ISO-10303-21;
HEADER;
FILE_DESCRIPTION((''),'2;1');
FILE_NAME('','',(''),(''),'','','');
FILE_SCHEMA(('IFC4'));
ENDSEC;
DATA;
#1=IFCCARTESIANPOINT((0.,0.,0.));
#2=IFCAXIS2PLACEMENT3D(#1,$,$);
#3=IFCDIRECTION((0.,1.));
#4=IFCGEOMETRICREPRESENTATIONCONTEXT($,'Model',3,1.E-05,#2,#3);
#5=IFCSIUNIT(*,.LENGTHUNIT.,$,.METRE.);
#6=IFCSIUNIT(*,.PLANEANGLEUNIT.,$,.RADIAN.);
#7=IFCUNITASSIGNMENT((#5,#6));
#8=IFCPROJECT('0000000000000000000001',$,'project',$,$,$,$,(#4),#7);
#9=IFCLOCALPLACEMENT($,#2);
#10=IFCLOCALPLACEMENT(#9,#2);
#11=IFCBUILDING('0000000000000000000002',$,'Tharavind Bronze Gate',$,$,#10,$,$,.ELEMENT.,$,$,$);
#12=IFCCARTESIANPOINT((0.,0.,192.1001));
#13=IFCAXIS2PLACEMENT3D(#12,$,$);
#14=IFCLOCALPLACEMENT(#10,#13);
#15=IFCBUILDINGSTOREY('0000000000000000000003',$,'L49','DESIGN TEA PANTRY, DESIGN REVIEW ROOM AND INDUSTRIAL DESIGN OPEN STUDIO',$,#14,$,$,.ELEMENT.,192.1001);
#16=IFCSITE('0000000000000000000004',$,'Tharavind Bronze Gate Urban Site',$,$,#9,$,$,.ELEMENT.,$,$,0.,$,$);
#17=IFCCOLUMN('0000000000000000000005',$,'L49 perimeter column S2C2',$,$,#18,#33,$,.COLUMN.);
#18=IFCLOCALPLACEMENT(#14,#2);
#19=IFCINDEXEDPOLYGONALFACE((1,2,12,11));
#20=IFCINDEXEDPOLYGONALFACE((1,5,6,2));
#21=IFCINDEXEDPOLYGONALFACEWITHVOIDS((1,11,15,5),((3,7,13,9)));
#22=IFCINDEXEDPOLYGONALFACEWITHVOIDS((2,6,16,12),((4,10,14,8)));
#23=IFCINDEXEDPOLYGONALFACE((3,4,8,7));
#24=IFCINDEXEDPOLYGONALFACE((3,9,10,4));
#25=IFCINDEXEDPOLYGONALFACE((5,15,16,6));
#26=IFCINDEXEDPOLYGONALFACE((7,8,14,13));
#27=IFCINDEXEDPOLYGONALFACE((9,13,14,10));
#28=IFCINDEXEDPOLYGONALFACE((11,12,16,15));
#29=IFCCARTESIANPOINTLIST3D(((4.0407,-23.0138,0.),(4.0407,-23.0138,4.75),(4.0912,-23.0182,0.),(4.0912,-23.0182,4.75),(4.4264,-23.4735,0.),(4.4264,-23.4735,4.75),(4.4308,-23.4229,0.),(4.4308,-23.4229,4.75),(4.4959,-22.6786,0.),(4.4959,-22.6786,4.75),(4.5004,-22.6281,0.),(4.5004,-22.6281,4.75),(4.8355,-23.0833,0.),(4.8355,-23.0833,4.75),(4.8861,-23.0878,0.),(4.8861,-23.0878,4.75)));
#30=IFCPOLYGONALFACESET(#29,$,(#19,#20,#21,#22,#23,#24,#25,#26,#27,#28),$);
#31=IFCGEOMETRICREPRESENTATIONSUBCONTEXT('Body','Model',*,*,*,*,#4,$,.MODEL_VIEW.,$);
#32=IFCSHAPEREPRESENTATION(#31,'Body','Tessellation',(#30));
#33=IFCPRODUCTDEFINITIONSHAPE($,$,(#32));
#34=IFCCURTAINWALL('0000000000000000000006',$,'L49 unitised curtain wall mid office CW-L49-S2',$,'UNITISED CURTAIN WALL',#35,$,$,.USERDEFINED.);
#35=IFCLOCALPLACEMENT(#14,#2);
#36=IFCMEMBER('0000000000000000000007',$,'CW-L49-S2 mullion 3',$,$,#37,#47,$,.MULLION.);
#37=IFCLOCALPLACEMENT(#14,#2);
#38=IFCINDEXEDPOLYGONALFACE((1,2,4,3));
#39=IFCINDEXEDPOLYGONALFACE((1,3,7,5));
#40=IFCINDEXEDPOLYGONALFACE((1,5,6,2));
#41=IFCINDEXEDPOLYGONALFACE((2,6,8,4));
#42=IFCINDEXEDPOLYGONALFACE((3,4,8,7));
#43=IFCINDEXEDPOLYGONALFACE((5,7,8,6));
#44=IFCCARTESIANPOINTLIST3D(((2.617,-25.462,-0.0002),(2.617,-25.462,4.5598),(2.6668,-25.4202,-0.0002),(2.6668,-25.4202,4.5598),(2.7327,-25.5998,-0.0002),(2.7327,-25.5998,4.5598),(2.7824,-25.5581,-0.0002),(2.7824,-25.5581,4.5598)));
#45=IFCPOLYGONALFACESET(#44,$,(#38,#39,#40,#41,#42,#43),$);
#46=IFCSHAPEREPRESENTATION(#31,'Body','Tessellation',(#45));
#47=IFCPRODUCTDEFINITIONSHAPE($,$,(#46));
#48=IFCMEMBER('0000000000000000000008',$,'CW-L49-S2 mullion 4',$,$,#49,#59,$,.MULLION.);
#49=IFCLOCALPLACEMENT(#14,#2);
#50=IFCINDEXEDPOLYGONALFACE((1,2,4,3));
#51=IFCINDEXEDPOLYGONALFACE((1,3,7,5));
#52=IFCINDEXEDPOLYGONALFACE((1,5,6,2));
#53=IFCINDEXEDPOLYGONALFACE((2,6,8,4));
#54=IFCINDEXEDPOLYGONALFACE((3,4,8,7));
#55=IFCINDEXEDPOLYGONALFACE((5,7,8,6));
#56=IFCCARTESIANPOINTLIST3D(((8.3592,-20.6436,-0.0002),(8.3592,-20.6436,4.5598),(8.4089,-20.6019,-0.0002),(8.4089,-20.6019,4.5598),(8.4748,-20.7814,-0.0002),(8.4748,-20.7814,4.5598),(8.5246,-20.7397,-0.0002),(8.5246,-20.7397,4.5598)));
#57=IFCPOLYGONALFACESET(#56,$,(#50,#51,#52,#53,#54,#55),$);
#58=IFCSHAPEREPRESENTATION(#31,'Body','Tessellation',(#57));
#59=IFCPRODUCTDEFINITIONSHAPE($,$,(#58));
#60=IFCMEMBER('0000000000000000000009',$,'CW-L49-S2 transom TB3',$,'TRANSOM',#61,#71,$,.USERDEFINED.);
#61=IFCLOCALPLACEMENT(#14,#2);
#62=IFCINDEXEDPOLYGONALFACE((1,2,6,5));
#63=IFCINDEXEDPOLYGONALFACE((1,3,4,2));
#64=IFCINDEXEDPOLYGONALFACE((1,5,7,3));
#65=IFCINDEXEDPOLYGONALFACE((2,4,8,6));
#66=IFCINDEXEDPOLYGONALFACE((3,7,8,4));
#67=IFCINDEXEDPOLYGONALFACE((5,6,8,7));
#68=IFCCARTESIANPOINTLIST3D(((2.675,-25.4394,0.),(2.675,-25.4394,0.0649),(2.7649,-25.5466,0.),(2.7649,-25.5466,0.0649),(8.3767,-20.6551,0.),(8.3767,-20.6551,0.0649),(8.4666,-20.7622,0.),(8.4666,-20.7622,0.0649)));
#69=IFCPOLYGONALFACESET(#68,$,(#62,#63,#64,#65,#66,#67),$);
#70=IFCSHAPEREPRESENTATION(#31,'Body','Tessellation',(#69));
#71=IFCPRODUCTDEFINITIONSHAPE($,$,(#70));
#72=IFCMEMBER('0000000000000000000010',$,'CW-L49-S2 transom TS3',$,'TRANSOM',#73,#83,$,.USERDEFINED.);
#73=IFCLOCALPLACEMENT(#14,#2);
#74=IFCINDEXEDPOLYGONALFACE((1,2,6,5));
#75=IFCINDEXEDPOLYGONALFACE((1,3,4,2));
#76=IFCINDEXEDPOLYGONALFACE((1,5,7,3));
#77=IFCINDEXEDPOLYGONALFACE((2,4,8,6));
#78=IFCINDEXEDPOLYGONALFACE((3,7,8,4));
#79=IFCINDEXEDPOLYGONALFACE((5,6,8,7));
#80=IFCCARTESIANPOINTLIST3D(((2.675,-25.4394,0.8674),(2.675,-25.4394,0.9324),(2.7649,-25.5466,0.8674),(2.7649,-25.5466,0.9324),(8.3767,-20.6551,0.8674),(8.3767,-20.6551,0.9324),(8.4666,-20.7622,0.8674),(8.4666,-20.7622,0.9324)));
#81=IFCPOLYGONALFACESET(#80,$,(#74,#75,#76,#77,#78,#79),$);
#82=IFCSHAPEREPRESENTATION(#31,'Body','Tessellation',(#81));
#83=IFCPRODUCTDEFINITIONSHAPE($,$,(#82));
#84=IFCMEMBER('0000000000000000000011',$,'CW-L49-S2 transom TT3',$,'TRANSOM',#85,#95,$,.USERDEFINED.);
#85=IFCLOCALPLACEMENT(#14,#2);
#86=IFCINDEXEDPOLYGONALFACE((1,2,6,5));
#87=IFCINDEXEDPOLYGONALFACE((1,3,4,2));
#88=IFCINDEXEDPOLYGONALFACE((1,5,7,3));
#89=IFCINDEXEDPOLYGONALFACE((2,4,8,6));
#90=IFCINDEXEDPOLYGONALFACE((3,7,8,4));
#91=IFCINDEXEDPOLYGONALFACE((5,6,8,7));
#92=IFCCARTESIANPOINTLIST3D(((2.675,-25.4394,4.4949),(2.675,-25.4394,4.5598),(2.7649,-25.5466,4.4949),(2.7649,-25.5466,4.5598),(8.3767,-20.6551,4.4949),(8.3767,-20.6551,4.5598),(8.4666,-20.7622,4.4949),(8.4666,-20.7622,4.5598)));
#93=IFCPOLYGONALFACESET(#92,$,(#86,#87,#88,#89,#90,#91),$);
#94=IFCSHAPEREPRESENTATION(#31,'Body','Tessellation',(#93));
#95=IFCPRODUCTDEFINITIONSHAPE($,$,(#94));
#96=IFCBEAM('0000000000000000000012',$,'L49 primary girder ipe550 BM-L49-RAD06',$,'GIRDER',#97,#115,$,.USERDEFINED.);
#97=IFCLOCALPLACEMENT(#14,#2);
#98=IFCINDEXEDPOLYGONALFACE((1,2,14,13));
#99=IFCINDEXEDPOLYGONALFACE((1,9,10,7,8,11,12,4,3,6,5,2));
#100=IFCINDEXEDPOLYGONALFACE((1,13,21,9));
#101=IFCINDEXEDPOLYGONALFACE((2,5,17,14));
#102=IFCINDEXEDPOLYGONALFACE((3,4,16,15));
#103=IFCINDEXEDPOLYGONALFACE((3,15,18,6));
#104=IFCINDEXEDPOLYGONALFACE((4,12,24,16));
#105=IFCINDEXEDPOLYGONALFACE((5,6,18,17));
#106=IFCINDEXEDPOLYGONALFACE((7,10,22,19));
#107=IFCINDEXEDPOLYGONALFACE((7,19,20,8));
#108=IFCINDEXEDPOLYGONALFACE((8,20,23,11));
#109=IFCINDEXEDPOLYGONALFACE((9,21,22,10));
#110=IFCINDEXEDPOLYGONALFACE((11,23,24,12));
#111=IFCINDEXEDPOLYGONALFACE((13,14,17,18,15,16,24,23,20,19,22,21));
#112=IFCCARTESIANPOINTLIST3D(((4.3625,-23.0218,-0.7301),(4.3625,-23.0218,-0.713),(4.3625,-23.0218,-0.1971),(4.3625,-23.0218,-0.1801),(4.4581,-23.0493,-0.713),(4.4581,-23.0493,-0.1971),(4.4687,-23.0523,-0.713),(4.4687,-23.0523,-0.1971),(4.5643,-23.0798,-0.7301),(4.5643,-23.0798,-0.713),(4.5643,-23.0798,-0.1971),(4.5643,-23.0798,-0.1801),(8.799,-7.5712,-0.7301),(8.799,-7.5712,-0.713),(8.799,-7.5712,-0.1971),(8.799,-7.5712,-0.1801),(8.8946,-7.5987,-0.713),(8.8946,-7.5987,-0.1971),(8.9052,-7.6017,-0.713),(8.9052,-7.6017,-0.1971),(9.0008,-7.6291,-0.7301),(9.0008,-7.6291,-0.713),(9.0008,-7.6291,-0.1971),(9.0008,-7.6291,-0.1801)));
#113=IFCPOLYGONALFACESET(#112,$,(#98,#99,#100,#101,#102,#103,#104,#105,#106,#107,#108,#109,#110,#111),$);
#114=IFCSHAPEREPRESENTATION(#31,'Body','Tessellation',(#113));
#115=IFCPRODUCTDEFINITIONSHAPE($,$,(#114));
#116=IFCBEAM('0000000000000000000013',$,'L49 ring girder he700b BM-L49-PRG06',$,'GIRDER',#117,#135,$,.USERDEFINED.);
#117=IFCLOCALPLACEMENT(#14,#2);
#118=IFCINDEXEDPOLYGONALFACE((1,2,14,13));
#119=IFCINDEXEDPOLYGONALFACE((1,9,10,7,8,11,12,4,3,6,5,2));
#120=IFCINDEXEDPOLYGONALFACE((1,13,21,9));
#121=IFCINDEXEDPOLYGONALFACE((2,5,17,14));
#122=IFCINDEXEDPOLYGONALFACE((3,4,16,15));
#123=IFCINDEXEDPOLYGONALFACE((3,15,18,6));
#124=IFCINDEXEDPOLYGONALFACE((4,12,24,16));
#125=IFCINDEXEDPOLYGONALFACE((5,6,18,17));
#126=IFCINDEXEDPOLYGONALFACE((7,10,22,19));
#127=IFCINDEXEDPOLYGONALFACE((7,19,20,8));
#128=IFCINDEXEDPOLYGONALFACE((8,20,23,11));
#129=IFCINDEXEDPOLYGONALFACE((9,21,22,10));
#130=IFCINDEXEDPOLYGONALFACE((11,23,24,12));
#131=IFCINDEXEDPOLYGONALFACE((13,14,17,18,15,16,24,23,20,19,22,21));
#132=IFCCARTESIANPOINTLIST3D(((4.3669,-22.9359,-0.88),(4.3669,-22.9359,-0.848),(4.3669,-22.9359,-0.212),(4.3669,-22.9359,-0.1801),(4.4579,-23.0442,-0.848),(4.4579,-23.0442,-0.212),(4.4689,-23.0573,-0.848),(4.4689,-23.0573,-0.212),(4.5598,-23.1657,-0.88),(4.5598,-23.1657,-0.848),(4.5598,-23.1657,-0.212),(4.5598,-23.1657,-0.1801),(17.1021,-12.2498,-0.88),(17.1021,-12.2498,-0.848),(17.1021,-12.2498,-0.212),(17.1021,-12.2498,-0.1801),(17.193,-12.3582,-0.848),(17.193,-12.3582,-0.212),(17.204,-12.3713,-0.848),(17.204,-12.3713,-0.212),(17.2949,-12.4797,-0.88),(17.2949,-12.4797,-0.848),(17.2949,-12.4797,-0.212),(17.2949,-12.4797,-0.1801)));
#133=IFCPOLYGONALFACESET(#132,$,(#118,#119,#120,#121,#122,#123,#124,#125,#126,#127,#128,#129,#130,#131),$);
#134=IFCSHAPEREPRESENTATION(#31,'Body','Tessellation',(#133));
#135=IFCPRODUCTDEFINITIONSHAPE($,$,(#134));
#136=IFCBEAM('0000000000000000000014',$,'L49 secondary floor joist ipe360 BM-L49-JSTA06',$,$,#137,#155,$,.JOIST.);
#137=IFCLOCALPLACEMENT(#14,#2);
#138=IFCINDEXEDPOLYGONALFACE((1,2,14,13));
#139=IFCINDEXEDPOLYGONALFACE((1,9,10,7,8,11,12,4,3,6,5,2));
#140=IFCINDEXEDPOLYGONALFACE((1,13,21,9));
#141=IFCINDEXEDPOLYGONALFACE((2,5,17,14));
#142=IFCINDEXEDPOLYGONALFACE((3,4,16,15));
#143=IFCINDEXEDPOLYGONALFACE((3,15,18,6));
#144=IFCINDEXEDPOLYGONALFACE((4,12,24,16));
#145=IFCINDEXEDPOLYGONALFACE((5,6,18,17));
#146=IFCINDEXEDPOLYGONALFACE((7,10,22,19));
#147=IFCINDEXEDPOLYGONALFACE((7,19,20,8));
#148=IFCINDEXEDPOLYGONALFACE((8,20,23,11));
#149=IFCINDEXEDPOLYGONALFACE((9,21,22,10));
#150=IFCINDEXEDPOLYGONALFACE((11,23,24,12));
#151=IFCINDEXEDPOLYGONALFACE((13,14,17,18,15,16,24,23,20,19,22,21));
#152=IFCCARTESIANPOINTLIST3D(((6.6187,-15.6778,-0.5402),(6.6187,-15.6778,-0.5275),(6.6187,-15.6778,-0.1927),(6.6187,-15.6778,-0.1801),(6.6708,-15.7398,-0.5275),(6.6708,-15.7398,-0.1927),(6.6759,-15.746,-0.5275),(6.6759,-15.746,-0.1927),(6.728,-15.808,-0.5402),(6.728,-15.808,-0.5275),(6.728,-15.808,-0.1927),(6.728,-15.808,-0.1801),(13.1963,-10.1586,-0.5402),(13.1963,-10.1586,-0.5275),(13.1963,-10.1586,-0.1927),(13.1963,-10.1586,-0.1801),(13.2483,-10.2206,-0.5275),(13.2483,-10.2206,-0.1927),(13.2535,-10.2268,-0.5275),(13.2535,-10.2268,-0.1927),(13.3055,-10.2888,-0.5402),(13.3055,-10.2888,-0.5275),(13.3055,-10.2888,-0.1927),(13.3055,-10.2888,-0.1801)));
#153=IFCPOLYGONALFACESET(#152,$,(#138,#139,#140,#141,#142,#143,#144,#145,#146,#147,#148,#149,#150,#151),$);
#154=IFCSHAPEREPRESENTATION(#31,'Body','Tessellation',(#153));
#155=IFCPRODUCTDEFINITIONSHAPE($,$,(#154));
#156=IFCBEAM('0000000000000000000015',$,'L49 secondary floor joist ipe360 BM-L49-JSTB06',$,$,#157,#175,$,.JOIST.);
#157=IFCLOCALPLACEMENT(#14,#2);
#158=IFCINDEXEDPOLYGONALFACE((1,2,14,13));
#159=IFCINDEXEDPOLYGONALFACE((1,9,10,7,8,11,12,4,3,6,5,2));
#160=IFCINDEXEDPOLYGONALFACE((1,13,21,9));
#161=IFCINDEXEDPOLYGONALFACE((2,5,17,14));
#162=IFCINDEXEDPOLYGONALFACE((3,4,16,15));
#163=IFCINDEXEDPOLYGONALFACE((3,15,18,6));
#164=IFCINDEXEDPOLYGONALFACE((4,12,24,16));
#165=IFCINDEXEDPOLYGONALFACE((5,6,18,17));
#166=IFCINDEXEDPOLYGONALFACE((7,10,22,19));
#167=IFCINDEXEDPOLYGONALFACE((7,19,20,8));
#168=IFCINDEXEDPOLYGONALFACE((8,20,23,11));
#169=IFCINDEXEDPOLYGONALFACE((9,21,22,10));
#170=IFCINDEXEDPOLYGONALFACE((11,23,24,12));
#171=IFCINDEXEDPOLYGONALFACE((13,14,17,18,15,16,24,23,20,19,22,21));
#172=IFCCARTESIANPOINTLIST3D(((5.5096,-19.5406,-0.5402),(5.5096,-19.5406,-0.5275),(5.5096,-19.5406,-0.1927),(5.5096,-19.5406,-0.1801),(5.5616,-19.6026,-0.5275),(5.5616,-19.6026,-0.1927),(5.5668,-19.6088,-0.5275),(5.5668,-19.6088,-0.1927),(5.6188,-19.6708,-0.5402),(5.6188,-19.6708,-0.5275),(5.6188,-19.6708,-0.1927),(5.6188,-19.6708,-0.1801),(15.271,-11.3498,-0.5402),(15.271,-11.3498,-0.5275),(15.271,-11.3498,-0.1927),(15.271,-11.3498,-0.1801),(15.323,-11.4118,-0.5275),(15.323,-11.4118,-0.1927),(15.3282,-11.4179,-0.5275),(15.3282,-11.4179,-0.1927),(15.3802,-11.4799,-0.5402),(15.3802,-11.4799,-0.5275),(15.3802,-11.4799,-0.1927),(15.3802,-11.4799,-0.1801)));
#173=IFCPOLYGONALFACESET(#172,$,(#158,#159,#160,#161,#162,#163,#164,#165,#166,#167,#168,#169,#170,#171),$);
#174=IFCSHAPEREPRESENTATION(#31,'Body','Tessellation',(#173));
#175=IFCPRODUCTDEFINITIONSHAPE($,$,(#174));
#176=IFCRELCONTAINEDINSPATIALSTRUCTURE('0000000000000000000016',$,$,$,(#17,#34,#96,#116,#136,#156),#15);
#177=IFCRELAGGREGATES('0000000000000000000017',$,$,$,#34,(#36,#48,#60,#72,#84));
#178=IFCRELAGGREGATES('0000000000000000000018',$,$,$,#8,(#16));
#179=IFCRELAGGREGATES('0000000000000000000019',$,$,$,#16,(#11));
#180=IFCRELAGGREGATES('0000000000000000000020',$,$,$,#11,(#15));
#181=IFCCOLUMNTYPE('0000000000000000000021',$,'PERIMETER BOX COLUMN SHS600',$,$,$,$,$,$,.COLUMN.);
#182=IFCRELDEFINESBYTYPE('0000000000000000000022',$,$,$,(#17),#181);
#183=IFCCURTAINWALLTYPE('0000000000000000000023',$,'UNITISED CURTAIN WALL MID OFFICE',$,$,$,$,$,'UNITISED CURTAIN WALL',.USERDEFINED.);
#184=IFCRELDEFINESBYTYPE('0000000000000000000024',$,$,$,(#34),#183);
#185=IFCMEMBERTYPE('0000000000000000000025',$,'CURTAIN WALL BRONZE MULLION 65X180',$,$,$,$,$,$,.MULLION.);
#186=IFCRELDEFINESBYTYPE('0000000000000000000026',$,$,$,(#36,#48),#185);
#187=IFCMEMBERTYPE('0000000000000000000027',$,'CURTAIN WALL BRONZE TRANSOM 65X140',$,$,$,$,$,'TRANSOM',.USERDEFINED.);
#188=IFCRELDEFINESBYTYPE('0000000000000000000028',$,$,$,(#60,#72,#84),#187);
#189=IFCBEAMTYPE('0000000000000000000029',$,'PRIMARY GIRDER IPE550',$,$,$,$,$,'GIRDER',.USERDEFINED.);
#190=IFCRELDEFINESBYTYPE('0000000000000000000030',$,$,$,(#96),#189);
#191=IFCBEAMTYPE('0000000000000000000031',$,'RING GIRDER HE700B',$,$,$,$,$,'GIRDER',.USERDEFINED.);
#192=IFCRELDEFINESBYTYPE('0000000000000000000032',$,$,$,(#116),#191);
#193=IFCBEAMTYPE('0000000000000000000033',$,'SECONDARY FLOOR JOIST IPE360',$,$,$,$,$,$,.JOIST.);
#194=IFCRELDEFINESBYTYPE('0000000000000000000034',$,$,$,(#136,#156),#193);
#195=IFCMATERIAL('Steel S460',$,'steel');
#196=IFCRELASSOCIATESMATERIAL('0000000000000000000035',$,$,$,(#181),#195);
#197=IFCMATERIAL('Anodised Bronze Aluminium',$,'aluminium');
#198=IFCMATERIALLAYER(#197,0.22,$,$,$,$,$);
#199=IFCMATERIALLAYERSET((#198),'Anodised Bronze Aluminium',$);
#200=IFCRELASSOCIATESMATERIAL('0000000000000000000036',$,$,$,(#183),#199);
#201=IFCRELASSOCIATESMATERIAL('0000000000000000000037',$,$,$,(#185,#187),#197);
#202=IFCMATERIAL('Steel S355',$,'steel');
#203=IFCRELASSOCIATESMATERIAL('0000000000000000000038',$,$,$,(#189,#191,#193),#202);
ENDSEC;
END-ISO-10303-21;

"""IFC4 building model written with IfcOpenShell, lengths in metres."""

from ifc_helpers import new_model, si_unit, direction, frame, origin, origin_2d, place, context, subcontext, project, spatial, rectangle, hollow_rectangle, i_section, extrude, material, layer, layer_set, material_profile, profile_set, type_object, element, aggregate, save


model = new_model("IFC4")

# Units and contexts
model_context = context("Model", 3, precision=1e-05, world=origin(), true_north=direction((0.0, 1.0)))
body_context = subcontext(model_context, "Body", "Model", "MODEL_VIEW")
ifc_project = project(units=[si_unit("LENGTHUNIT", "METRE"), si_unit("PLANEANGLEUNIT", "RADIAN")], contexts=[model_context])

# Site, building, storey
site_placement = place(None, origin())
site = spatial("IfcSite", under=ifc_project, at=site_placement, Name="Tharavind Bronze Gate Urban Site", CompositionType="ELEMENT", RefElevation=0.0)
building_placement = place(site_placement, origin())
building = spatial("IfcBuilding", under=site, at=building_placement, Name="Tharavind Bronze Gate", CompositionType="ELEMENT")
storey_placement = place(building_placement, frame((0.0, 0.0, 192.1001)))
storey = spatial("IfcBuildingStorey", under=building, at=storey_placement, Name="L49", Description="DESIGN TEA PANTRY, DESIGN REVIEW ROOM AND INDUSTRIAL DESIGN OPEN STUDIO", CompositionType="ELEMENT", Elevation=192.1001)

# Column
ifc_material_1 = material(Name="Steel S460", Category="steel")
ifc_material_profile_1 = material_profile(ifc_material_1, hollow_rectangle(XDim=0.6001, YDim=0.6001, WallThickness=0.0359, at=origin_2d()), Name="SHS600X36")
ifc_profile_set_1 = profile_set([ifc_material_profile_1], Name="Steel S460")
column_type = type_object("IfcColumnType", Name="PERIMETER BOX COLUMN SHS600", PredefinedType="COLUMN", material=ifc_profile_set_1)
column_placement = place(storey_placement, frame((4.4634, -23.0508, 0.0), z_axis=(0.0, 0.0, 1.0), x_axis=(0.766043, 0.642789, 0.0)))
element("IfcColumn", 1, at=column_placement, inside=storey, type_object=column_type, Name="L49 perimeter column S2C2", PredefinedType="COLUMN", context=body_context, shape_type="SweptSolid", body=[
    extrude(hollow_rectangle(XDim=0.6001, YDim=0.6001, WallThickness=0.0359, at=origin_2d()), origin(), (0.0, 0.0, 1.0), 4.75),
])

# Curtain wall, members
ifc_material_2 = material(Name="Anodised Bronze Aluminium", Category="aluminium")
ifc_layer_1 = layer(ifc_material_2, 0.22)
ifc_layer_set_1 = layer_set([ifc_layer_1], Name="Anodised Bronze Aluminium")
curtain_wall_type = type_object("IfcCurtainWallType", Name="UNITISED CURTAIN WALL MID OFFICE", ElementType="UNITISED CURTAIN WALL", PredefinedType="USERDEFINED", material=ifc_layer_set_1)
curtain_wall_placement = place(storey_placement, origin())
curtain_wall = element("IfcCurtainWall", 2, at=curtain_wall_placement, inside=storey, type_object=curtain_wall_type, Name="L49 unitised curtain wall mid office CW-L49-S2", ObjectType="UNITISED CURTAIN WALL", PredefinedType="USERDEFINED")
member_type_1 = type_object("IfcMemberType", Name="CURTAIN WALL BRONZE MULLION 65X180", PredefinedType="MULLION", material=ifc_material_2)
member_1_placement = place(storey_placement, frame((2.6997, -25.51, -0.0002), z_axis=(0.0, 0.0, 1.0), x_axis=(0.766043, 0.642789, 0.0)))
member_1 = element("IfcMember", 3, at=member_1_placement, type_object=member_type_1, Name="CW-L49-S2 mullion 3", PredefinedType="MULLION", context=body_context, shape_type="SweptSolid", body=[
    extrude(rectangle(XDim=0.0649, YDim=0.1799, at=origin_2d()), origin(), (0.0, 0.0, 1.0), 4.5601),
])
member_2_placement = place(storey_placement, frame((8.4419, -20.6917, -0.0002), z_axis=(0.0, 0.0, 1.0), x_axis=(0.766043, 0.642789, 0.0)))
member_2 = element("IfcMember", 4, at=member_2_placement, type_object=member_type_1, Name="CW-L49-S2 mullion 4", PredefinedType="MULLION", context=body_context, shape_type="SweptSolid", body=[
    extrude(rectangle(XDim=0.0649, YDim=0.1799, at=origin_2d()), origin(), (0.0, 0.0, 1.0), 4.5601),
])
member_type_2 = type_object("IfcMemberType", Name="CURTAIN WALL BRONZE TRANSOM 65X140", ElementType="TRANSOM", PredefinedType="USERDEFINED", material=ifc_material_2)
member_3_placement = place(storey_placement, frame((5.5708, -23.1008, 0.0), z_axis=(0.0, 0.0, 1.0), x_axis=(0.766043, 0.642789, 0.0)))
member_3 = element("IfcMember", 5, at=member_3_placement, type_object=member_type_2, Name="CW-L49-S2 transom TB3", ObjectType="TRANSOM", PredefinedType="USERDEFINED", context=body_context, shape_type="SweptSolid", body=[
    extrude(rectangle(XDim=7.4431, YDim=0.1399, at=origin_2d()), origin(), (0.0, 0.0, 1.0), 0.0649),
])
member_4_placement = place(storey_placement, frame((5.5708, -23.1008, 0.8674), z_axis=(0.0, 0.0, 1.0), x_axis=(0.766043, 0.642789, 0.0)))
member_4 = element("IfcMember", 6, at=member_4_placement, type_object=member_type_2, Name="CW-L49-S2 transom TS3", ObjectType="TRANSOM", PredefinedType="USERDEFINED", context=body_context, shape_type="SweptSolid", body=[
    extrude(rectangle(XDim=7.4431, YDim=0.1399, at=origin_2d()), origin(), (0.0, 0.0, 1.0), 0.0649),
])
member_5_placement = place(storey_placement, frame((5.5708, -23.1008, 4.4949), z_axis=(0.0, 0.0, 1.0), x_axis=(0.766043, 0.642789, 0.0)))
member_5 = element("IfcMember", 7, at=member_5_placement, type_object=member_type_2, Name="CW-L49-S2 transom TT3", ObjectType="TRANSOM", PredefinedType="USERDEFINED", context=body_context, shape_type="SweptSolid", body=[
    extrude(rectangle(XDim=7.4431, YDim=0.1399, at=origin_2d()), origin(), (0.0, 0.0, 1.0), 0.0649),
])

# Beams
ifc_material_3 = material(Name="Steel S355", Category="steel")
ifc_material_profile_2 = material_profile(ifc_material_3, i_section(OverallWidth=0.21, OverallDepth=0.55, WebThickness=0.011, FlangeThickness=0.0171, at=origin_2d()), Name="IPE550")
ifc_profile_set_2 = profile_set([ifc_material_profile_2], Name="Steel S355")
beam_type_1 = type_object("IfcBeamType", Name="PRIMARY GIRDER IPE550", ElementType="GIRDER", PredefinedType="USERDEFINED", material=ifc_profile_set_2)
beam_1_placement = place(storey_placement, frame((4.4634, -23.0508, -0.4551), z_axis=(0.275989, 0.961161, 0.0), x_axis=(-0.961161, 0.275989, 0.0)))
element("IfcBeam", 8, at=beam_1_placement, inside=storey, type_object=beam_type_1, Name="L49 primary girder ipe550 BM-L49-RAD06", ObjectType="GIRDER", PredefinedType="USERDEFINED", context=body_context, shape_type="SweptSolid", body=[
    extrude(i_section(OverallWidth=0.21, OverallDepth=0.55, WebThickness=0.011, FlangeThickness=0.0171, at=origin_2d()), origin(), (0.0, 0.0, 1.0), 16.075),
])
ifc_material_profile_3 = material_profile(ifc_material_3, i_section(OverallWidth=0.3, OverallDepth=0.7, WebThickness=0.0171, FlangeThickness=0.032, at=origin_2d()), Name="HE700B")
ifc_profile_set_3 = profile_set([ifc_material_profile_3], Name="Steel S355")
beam_type_2 = type_object("IfcBeamType", Name="RING GIRDER HE700B", ElementType="GIRDER", PredefinedType="USERDEFINED", material=ifc_profile_set_3)
beam_2_placement = place(storey_placement, frame((4.4634, -23.0508, -0.53), z_axis=(0.766044, 0.642788, 0.0), x_axis=(-0.642788, 0.766044, 0.0)))
element("IfcBeam", 9, at=beam_2_placement, inside=storey, type_object=beam_type_2, Name="L49 ring girder he700b BM-L49-PRG06", ObjectType="GIRDER", PredefinedType="USERDEFINED", context=body_context, shape_type="SweptSolid", body=[
    extrude(i_section(OverallWidth=0.3, OverallDepth=0.7, WebThickness=0.0171, FlangeThickness=0.032, at=origin_2d()), origin(), (0.0, 0.0, 1.0), 16.6245),
])
ifc_material_profile_4 = material_profile(ifc_material_3, i_section(OverallWidth=0.1699, OverallDepth=0.3601, WebThickness=0.0081, FlangeThickness=0.0127, at=origin_2d()), Name="IPE360")
ifc_profile_set_4 = profile_set([ifc_material_profile_4], Name="Steel S355")
beam_type_3 = type_object("IfcBeamType", Name="SECONDARY FLOOR JOIST IPE360", PredefinedType="JOIST", material=ifc_profile_set_4)
beam_3_placement = place(storey_placement, frame((6.6733, -15.7429, -0.3601), z_axis=(0.766045, 0.642787, 0.0), x_axis=(-0.642787, 0.766045, 0.0)))
element("IfcBeam", 10, at=beam_3_placement, inside=storey, type_object=beam_type_3, Name="L49 secondary floor joist ipe360 BM-L49-JSTA06", PredefinedType="JOIST", context=body_context, shape_type="SweptSolid", body=[
    extrude(i_section(OverallWidth=0.1699, OverallDepth=0.3601, WebThickness=0.0081, FlangeThickness=0.0127, at=origin_2d()), origin(), (0.0, 0.0, 1.0), 8.5864),
])
beam_4_placement = place(storey_placement, frame((5.5642, -19.6057, -0.3601), z_axis=(0.766042, 0.642791, 0.0), x_axis=(-0.642791, 0.766042, 0.0)))
element("IfcBeam", 11, at=beam_4_placement, inside=storey, type_object=beam_type_3, Name="L49 secondary floor joist ipe360 BM-L49-JSTB06", PredefinedType="JOIST", context=body_context, shape_type="SweptSolid", body=[
    extrude(i_section(OverallWidth=0.1699, OverallDepth=0.3601, WebThickness=0.0081, FlangeThickness=0.0127, at=origin_2d()), origin(), (0.0, 0.0, 1.0), 12.7427),
])

aggregate(curtain_wall, [member_1, member_2, member_3, member_4, member_5])

save(model, "model.ifc")
